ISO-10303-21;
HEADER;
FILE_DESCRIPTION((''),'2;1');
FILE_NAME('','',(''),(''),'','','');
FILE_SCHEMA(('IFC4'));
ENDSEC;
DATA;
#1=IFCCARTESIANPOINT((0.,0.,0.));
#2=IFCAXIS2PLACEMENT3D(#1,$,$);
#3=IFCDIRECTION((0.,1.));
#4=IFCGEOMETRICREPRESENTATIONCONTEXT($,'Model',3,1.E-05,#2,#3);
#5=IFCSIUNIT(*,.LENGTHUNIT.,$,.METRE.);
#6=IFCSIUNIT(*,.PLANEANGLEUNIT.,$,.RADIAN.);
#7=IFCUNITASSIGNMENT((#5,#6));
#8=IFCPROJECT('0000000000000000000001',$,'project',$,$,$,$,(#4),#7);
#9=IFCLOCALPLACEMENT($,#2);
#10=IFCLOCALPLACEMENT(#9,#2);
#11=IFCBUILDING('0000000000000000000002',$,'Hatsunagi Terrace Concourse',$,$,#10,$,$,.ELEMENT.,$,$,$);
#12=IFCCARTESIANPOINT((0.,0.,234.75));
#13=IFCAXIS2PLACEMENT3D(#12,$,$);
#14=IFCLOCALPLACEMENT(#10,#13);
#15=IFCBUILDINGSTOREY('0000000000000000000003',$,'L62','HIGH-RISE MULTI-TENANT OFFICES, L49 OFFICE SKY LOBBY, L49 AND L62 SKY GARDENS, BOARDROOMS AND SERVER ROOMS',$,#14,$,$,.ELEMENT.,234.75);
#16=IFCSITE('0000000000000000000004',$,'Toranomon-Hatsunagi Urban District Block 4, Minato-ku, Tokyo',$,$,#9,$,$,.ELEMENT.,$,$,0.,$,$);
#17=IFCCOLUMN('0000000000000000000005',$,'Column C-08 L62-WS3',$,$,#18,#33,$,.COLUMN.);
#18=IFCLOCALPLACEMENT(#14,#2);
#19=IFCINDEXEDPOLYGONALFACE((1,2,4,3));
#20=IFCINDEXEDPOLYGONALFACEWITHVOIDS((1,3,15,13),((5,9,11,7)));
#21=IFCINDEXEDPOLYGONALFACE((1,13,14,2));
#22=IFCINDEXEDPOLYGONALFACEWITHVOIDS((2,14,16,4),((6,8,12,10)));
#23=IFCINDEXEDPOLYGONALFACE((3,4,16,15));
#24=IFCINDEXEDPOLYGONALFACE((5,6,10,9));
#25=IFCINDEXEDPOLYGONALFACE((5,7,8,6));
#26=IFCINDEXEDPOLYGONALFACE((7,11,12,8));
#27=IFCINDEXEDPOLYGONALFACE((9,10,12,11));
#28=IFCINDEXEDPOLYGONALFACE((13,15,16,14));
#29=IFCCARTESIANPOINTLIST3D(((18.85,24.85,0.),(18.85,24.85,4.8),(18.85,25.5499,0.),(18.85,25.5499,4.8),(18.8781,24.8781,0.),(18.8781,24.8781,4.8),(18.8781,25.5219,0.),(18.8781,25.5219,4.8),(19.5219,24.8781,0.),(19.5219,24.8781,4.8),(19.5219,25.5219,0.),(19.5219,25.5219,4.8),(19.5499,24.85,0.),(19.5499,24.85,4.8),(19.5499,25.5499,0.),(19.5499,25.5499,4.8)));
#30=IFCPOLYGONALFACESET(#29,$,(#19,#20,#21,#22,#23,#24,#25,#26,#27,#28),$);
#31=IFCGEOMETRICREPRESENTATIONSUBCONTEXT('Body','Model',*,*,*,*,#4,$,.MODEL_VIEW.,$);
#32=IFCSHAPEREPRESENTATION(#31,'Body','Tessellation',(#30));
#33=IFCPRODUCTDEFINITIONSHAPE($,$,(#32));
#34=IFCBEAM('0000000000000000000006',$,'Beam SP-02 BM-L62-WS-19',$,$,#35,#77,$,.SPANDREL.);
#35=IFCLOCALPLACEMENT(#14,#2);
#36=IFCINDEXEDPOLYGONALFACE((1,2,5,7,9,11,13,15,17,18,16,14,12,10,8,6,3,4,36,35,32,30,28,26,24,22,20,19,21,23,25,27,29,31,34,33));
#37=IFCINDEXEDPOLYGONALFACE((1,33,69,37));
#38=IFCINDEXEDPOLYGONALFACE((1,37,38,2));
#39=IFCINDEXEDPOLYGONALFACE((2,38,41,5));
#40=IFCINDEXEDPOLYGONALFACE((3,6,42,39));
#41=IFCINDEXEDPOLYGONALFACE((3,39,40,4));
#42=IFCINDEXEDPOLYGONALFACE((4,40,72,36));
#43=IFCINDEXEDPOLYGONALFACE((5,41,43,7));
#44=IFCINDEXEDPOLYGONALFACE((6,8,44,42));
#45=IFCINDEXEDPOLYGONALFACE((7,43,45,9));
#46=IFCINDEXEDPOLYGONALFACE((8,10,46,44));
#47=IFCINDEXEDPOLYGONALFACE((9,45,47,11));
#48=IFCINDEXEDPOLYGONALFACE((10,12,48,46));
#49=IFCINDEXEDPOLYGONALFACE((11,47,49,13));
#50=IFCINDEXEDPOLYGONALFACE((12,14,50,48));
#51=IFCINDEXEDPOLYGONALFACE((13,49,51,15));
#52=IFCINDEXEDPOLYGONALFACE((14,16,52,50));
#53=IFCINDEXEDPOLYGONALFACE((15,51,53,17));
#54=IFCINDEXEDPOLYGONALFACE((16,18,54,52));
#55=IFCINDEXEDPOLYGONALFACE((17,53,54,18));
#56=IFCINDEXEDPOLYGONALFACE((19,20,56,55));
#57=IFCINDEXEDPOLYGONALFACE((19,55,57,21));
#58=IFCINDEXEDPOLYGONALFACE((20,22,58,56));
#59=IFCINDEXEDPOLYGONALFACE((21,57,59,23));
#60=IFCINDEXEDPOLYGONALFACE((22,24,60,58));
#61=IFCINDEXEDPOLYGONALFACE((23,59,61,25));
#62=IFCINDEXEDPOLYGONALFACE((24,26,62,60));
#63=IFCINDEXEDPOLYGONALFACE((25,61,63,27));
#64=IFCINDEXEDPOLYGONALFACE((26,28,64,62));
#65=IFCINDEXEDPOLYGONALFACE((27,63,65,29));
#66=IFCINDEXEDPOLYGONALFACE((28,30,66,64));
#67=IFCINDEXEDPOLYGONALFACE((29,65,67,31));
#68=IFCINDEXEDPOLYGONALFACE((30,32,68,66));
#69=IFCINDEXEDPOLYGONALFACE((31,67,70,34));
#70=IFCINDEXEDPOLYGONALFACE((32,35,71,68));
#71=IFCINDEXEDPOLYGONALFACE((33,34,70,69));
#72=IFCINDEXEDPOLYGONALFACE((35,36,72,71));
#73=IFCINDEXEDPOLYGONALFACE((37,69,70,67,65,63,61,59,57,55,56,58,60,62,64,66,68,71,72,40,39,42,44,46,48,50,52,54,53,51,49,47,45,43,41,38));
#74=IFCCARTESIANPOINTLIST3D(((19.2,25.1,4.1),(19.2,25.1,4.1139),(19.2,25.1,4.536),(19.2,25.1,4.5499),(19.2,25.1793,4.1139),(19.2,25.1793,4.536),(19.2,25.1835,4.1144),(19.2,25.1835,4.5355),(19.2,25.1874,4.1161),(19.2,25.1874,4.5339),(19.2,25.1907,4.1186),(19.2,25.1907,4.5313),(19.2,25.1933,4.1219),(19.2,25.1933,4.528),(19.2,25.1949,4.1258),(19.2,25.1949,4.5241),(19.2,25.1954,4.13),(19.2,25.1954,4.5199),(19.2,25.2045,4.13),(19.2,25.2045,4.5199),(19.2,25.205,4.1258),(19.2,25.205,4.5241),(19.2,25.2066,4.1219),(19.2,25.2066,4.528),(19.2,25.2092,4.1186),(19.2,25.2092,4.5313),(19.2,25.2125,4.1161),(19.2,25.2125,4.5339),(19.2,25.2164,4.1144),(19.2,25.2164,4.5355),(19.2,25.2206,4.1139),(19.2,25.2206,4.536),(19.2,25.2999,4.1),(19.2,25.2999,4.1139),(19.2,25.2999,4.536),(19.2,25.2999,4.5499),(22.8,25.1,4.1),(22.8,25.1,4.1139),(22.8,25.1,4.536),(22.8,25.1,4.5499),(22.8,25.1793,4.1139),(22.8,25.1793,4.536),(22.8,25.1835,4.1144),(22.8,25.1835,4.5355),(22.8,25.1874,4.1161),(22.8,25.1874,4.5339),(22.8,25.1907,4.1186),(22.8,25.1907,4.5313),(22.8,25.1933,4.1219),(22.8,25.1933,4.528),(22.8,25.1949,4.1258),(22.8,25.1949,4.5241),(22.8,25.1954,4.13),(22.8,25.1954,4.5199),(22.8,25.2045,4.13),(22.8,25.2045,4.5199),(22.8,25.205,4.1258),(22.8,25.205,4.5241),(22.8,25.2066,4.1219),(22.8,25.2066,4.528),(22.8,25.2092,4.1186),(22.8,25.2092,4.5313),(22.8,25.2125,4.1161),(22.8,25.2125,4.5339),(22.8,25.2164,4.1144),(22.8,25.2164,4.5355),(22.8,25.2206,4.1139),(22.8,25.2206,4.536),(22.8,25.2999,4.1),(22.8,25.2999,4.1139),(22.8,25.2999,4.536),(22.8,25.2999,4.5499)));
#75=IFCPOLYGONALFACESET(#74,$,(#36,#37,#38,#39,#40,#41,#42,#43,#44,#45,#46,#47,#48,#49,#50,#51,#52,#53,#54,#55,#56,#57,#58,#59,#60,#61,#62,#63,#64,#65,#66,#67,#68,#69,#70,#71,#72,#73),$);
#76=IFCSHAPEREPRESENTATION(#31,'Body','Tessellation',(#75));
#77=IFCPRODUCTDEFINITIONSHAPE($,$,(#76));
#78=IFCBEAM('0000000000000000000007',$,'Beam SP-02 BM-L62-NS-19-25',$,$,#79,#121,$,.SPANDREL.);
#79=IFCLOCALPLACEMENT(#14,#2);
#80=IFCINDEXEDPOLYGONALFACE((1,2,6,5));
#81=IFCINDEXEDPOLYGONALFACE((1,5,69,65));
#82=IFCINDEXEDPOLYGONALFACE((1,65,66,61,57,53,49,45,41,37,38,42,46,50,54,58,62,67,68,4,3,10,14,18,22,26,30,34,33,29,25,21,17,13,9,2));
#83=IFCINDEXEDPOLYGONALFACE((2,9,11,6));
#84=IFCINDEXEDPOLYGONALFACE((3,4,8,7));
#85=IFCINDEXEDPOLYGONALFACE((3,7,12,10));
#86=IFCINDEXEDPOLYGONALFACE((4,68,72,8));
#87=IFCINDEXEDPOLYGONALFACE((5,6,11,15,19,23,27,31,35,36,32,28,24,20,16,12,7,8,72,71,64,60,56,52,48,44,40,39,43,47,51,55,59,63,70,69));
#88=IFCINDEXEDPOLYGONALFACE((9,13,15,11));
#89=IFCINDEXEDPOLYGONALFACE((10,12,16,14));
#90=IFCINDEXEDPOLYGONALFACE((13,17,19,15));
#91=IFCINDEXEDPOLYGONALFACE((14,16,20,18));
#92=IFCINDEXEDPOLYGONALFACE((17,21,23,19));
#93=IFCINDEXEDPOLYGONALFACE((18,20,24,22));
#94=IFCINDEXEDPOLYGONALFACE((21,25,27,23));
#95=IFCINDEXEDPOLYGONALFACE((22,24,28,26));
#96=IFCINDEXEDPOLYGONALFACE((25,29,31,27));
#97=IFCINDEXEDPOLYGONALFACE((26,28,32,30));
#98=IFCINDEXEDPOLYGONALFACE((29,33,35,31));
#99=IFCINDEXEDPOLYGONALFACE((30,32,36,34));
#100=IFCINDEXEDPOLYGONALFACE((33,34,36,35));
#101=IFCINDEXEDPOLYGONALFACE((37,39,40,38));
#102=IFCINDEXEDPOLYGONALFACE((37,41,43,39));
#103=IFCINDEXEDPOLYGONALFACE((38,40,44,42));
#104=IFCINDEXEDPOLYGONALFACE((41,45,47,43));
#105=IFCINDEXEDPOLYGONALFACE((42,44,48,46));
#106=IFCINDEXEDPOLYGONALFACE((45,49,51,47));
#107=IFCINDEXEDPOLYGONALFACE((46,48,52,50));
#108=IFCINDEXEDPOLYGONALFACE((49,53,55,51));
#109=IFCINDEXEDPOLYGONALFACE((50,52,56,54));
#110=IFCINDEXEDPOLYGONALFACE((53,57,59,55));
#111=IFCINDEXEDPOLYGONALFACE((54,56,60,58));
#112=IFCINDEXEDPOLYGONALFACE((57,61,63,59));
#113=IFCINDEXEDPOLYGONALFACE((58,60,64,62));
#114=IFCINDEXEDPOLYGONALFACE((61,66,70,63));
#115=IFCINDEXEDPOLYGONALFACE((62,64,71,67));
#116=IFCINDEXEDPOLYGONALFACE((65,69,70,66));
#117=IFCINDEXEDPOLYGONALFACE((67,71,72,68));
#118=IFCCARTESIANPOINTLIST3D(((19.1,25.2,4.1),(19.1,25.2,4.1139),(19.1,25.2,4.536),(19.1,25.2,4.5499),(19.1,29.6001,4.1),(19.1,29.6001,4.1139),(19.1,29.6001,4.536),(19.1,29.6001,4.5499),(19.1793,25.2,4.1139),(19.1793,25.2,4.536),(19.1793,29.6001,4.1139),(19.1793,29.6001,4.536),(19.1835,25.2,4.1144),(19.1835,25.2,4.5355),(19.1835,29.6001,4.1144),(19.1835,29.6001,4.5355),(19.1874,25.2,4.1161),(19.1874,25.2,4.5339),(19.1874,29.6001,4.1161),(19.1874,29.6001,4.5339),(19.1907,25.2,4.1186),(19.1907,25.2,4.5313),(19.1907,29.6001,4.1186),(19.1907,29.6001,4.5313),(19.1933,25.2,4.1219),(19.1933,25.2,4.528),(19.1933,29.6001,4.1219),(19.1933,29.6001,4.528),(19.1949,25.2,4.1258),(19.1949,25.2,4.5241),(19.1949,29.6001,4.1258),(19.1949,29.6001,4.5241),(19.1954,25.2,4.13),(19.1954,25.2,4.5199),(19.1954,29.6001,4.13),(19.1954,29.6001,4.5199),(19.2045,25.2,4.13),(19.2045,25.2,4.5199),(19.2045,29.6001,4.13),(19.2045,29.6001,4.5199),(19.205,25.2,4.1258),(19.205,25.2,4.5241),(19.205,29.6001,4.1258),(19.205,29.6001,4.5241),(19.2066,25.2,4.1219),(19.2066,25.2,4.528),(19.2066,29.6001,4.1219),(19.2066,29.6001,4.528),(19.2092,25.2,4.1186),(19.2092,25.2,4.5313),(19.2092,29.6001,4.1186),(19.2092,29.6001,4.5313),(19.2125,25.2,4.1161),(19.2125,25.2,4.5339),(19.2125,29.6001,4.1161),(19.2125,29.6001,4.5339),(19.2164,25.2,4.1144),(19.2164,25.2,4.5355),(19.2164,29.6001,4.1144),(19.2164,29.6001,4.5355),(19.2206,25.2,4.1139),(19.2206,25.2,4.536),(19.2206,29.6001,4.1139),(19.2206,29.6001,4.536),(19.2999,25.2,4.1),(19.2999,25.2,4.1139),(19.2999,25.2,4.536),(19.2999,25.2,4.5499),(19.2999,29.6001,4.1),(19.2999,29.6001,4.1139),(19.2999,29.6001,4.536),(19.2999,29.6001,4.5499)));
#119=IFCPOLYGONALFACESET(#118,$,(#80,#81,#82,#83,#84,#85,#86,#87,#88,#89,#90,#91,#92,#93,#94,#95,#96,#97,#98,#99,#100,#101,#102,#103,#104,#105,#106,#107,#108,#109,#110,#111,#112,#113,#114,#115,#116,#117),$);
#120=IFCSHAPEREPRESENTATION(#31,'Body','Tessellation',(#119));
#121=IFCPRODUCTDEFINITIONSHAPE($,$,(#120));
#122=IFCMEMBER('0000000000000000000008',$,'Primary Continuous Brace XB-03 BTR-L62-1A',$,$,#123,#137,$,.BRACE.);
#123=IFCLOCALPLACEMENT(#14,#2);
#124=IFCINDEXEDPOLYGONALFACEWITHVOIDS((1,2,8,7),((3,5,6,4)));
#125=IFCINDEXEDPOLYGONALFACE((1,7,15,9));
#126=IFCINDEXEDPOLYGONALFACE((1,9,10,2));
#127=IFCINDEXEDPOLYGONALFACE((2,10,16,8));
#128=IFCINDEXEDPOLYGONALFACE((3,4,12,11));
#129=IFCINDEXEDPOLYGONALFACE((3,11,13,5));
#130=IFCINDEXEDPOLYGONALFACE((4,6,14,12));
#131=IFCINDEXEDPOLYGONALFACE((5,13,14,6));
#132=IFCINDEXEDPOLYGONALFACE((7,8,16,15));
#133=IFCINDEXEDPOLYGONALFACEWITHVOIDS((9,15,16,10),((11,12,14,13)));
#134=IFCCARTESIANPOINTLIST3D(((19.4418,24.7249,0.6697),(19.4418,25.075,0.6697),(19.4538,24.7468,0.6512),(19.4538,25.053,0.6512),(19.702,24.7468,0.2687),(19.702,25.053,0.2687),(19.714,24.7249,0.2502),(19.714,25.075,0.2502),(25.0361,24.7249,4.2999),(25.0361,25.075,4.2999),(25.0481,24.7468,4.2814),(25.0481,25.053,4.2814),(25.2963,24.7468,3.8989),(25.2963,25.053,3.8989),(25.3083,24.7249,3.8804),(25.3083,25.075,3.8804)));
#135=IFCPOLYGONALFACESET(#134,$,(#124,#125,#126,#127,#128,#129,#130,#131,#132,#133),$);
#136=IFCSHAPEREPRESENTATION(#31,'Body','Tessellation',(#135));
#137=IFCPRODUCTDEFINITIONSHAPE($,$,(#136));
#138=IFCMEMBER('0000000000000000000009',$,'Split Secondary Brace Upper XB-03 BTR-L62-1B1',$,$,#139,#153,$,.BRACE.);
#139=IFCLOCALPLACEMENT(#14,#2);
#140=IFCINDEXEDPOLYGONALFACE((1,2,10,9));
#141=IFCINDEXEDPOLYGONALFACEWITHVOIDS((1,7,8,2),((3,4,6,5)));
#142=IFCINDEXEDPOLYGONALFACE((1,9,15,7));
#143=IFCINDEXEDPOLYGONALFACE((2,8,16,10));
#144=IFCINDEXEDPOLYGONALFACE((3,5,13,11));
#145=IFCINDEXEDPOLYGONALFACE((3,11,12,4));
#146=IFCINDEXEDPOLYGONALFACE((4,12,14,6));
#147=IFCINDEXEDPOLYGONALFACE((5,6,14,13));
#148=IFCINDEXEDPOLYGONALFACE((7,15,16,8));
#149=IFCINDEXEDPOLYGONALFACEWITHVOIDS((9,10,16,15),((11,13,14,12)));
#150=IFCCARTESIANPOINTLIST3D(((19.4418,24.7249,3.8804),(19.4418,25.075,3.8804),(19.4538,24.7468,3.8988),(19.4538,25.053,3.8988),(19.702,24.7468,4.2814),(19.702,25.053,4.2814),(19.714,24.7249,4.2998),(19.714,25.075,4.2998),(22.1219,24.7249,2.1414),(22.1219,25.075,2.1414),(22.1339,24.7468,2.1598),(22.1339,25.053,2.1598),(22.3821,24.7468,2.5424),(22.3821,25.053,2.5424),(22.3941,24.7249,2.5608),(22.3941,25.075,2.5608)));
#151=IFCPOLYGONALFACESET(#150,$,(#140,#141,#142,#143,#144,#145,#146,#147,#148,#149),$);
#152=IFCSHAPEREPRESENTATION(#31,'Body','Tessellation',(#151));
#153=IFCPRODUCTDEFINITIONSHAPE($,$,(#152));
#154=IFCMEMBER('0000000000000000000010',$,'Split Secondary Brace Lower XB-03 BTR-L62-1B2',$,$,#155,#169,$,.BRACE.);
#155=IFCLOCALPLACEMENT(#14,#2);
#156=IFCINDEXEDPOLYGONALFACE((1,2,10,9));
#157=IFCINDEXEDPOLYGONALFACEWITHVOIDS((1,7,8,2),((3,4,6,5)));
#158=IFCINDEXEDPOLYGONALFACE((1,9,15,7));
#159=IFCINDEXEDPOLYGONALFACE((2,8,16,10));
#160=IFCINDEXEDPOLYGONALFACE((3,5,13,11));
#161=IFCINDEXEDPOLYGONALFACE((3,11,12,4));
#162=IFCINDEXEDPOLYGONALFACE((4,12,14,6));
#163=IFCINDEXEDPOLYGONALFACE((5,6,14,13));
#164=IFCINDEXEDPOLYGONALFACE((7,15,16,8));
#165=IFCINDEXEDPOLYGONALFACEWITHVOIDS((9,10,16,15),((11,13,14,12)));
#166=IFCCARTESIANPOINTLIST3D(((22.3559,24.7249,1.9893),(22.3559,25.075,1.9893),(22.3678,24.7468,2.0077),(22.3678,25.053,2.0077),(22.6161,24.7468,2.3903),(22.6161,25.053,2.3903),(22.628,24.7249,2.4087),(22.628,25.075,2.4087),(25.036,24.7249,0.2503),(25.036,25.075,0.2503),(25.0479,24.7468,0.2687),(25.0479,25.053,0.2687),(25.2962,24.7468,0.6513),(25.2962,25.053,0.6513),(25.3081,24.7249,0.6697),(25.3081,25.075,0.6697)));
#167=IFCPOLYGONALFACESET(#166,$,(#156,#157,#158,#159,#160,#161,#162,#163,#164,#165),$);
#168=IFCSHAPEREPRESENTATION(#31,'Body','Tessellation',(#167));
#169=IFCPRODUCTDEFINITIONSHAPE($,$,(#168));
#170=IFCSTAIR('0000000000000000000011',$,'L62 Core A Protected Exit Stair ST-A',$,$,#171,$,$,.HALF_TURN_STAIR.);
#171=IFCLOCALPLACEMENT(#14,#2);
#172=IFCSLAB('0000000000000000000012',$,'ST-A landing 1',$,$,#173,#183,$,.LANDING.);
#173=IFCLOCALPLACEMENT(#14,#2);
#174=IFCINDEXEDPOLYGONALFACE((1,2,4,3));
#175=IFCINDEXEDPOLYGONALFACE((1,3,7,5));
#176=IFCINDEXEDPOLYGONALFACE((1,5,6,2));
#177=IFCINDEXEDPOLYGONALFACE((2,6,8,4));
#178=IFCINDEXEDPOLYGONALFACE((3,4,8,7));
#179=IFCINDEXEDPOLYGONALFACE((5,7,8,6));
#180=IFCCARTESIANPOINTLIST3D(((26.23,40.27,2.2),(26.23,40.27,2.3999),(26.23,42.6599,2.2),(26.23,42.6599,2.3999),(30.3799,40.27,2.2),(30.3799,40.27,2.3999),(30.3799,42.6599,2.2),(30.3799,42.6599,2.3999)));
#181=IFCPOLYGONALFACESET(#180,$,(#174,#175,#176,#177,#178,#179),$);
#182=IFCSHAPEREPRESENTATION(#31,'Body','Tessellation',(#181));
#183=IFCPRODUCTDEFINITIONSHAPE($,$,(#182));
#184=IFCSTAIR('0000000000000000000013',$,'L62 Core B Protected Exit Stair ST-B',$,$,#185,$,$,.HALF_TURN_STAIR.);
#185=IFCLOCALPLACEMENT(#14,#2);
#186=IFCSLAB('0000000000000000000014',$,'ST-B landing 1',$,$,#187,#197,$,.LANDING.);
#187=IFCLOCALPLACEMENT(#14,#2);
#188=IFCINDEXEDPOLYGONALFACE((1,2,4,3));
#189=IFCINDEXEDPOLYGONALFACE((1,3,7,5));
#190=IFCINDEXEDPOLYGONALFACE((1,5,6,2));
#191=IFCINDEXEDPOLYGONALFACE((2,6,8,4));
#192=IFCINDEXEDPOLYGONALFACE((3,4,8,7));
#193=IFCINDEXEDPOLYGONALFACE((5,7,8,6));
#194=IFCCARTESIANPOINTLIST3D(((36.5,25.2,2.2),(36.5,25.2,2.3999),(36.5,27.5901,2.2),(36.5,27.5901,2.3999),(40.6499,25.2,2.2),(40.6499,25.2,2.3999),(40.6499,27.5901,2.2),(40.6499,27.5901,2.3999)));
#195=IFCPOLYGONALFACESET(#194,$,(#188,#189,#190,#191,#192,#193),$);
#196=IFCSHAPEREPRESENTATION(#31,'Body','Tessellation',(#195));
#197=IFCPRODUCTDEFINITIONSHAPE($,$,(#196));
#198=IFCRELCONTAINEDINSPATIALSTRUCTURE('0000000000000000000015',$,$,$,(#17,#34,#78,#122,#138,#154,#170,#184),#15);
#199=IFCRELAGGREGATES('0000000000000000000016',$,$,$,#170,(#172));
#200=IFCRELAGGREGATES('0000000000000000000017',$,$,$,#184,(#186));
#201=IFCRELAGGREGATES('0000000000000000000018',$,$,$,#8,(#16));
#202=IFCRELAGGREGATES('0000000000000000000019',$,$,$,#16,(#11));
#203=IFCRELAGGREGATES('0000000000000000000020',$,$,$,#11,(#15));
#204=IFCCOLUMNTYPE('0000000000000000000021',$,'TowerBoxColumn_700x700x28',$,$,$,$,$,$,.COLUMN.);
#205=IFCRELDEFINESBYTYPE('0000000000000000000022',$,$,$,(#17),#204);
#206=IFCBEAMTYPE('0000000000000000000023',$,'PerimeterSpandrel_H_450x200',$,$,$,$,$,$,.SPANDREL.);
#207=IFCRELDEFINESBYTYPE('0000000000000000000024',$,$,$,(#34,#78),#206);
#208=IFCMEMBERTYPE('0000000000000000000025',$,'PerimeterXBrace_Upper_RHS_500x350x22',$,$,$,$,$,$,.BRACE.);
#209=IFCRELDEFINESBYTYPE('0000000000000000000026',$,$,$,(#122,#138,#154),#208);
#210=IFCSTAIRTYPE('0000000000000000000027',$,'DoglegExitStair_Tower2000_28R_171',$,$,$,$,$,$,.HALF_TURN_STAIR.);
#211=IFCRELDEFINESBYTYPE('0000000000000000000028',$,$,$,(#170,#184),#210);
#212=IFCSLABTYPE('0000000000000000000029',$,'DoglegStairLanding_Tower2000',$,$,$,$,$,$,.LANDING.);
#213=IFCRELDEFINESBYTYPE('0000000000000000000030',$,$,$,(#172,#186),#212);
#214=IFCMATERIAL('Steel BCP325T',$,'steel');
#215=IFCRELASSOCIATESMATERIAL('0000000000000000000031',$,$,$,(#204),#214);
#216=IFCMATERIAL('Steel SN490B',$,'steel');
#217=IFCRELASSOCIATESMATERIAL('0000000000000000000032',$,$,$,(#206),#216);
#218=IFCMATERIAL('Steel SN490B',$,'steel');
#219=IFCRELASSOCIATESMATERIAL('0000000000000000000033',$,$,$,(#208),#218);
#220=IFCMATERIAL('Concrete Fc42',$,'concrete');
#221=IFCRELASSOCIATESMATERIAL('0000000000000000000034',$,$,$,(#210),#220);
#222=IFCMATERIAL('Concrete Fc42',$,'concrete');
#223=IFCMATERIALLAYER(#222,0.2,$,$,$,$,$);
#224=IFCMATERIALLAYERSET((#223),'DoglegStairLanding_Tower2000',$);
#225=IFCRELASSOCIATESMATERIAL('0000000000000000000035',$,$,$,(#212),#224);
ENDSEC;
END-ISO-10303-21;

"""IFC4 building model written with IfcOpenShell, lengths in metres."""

from ifc_helpers import new_model, si_unit, direction, frame, origin, origin_2d, place, context, subcontext, project, spatial, polyline, hollow_rectangle, i_section, outline, extrude, material, layer, layer_set, material_profile, profile_set, type_object, element, aggregate, save


model = new_model("IFC4")

# Units and contexts
model_context = context("Model", 3, precision=1e-05, world=origin(), true_north=direction((0.0, 1.0)))
body_context = subcontext(model_context, "Body", "Model", "MODEL_VIEW")
ifc_project = project(units=[si_unit("LENGTHUNIT", "METRE"), si_unit("PLANEANGLEUNIT", "RADIAN")], contexts=[model_context])

# Site, building, storey
site_placement = place(None, origin())
site = spatial("IfcSite", under=ifc_project, at=site_placement, Name="Toranomon-Hatsunagi Urban District Block 4, Minato-ku, Tokyo", CompositionType="ELEMENT", RefElevation=0.0)
building_placement = place(site_placement, origin())
building = spatial("IfcBuilding", under=site, at=building_placement, Name="Hatsunagi Terrace Concourse", CompositionType="ELEMENT")
storey_placement = place(building_placement, frame((0.0, 0.0, 234.75)))
storey = spatial("IfcBuildingStorey", under=building, at=storey_placement, Name="L62", Description="HIGH-RISE MULTI-TENANT OFFICES, L49 OFFICE SKY LOBBY, L49 AND L62 SKY GARDENS, BOARDROOMS AND SERVER ROOMS", CompositionType="ELEMENT", Elevation=234.75)

# Column
ifc_material_1 = material(Name="Steel BCP325T", Category="steel")
ifc_material_profile_1 = material_profile(ifc_material_1, hollow_rectangle(XDim=0.7, YDim=0.7, WallThickness=0.0281, at=origin_2d()), Name="BCP-700x700x28")
ifc_profile_set_1 = profile_set([ifc_material_profile_1], Name="Steel BCP325T")
column_type = type_object("IfcColumnType", Name="TowerBoxColumn_700x700x28", PredefinedType="COLUMN", material=ifc_profile_set_1)
column_placement = place(storey_placement, frame((19.2, 25.2, 0.0), z_axis=(0.0, 0.0, 1.0), x_axis=(1.0, 0.0, 0.0)))
element("IfcColumn", 1, at=column_placement, inside=storey, type_object=column_type, Name="Column C-08 L62-WS3", PredefinedType="COLUMN", context=body_context, shape_type="SweptSolid", body=[
    extrude(hollow_rectangle(XDim=0.7, YDim=0.7, WallThickness=0.0281, at=origin_2d()), origin(), (0.0, 0.0, 1.0), 4.8),
])

# Beams
ifc_material_2 = material(Name="Steel SN490B", Category="steel")
ifc_material_profile_2 = material_profile(ifc_material_2, i_section(OverallWidth=0.2, OverallDepth=0.45, WebThickness=0.009, FlangeThickness=0.0139, FilletRadius=0.0161, at=origin_2d()), Name="H-450x200x9x14")
ifc_profile_set_2 = profile_set([ifc_material_profile_2], Name="Steel SN490B")
beam_type = type_object("IfcBeamType", Name="PerimeterSpandrel_H_450x200", PredefinedType="SPANDREL", material=ifc_profile_set_2)
beam_1_placement = place(storey_placement, frame((19.2, 25.2, 4.325), z_axis=(1.0, 0.0, 0.0), x_axis=(0.0, 1.0, 0.0)))
element("IfcBeam", 2, at=beam_1_placement, inside=storey, type_object=beam_type, Name="Beam SP-02 BM-L62-WS-19", PredefinedType="SPANDREL", context=body_context, shape_type="SweptSolid", body=[
    extrude(i_section(OverallWidth=0.2, OverallDepth=0.45, WebThickness=0.009, FlangeThickness=0.0139, FilletRadius=0.0161, at=origin_2d()), origin(), (0.0, 0.0, 1.0), 3.6001),
])
beam_2_placement = place(storey_placement, frame((19.2, 25.2, 4.325), z_axis=(0.0, 1.0, 0.0), x_axis=(-1.0, 0.0, 0.0)))
element("IfcBeam", 3, at=beam_2_placement, inside=storey, type_object=beam_type, Name="Beam SP-02 BM-L62-NS-19-25", PredefinedType="SPANDREL", context=body_context, shape_type="SweptSolid", body=[
    extrude(i_section(OverallWidth=0.2, OverallDepth=0.45, WebThickness=0.009, FlangeThickness=0.0139, FilletRadius=0.0161, at=origin_2d()), origin(), (0.0, 0.0, 1.0), 4.4001),
])

# Members
ifc_material_3 = material(Name="Steel SN490B", Category="steel")
ifc_material_profile_3 = material_profile(ifc_material_3, hollow_rectangle(XDim=0.3501, YDim=0.5, WallThickness=0.022, at=origin_2d()), Name="RHS-500x350x22")
ifc_profile_set_3 = profile_set([ifc_material_profile_3], Name="Steel SN490B")
member_type = type_object("IfcMemberType", Name="PerimeterXBrace_Upper_RHS_500x350x22", PredefinedType="BRACE", material=ifc_profile_set_3)
member_placement = place(storey_placement, frame((19.5779, 24.8999, 0.46), z_axis=(0.838863, 0.0, 0.544342), x_axis=(0.0, 1.0, 0.0)))
element("IfcMember", 4, at=member_placement, inside=storey, type_object=member_type, Name="Primary Continuous Brace XB-03 BTR-L62-1A", PredefinedType="BRACE", context=body_context, shape_type="SweptSolid", body=[
    extrude(hollow_rectangle(XDim=0.3501, YDim=0.5, WallThickness=0.022, at=origin_2d()), origin(), (0.0, 0.0, 1.0), 6.6689),
])
for number, where, z_axis, x_axis, name in (
    (5, (19.5779, 24.8999, 4.0901), (0.838887, 0.0, -0.544306), (0.0, 1.0, 0.0), "Split Secondary Brace Upper XB-03 BTR-L62-1B1"),
    (6, (22.4919, 24.8999, 2.199), (0.838887, 0.0, -0.544306), (0.0, 1.0, 0.0), "Split Secondary Brace Lower XB-03 BTR-L62-1B2"),
):
    element("IfcMember", number, at=place(storey_placement, frame(where, z_axis=z_axis, x_axis=x_axis)), inside=storey, type_object=member_type, Name=name, PredefinedType="BRACE", context=body_context, shape_type="SweptSolid", body=[
        extrude(hollow_rectangle(XDim=0.3501, YDim=0.5, WallThickness=0.022, at=origin_2d()), origin(), (0.0, 0.0, 1.0), 3.1948),
    ])

# Stairs, slabs
ifc_material_4 = material(Name="Concrete Fc42", Category="concrete")
stair_type = type_object("IfcStairType", Name="DoglegExitStair_Tower2000_28R_171", PredefinedType="HALF_TURN_STAIR", material=ifc_material_4)
stair_1_placement = place(storey_placement, origin())
stair_1 = element("IfcStair", 7, at=stair_1_placement, inside=storey, type_object=stair_type, Name="L62 Core A Protected Exit Stair ST-A", PredefinedType="HALF_TURN_STAIR")
ifc_material_5 = material(Name="Concrete Fc42", Category="concrete")
ifc_layer_1 = layer(ifc_material_5, 0.2)
ifc_layer_set_1 = layer_set([ifc_layer_1], Name="DoglegStairLanding_Tower2000")
slab_type_1 = type_object("IfcSlabType", Name="DoglegStairLanding_Tower2000", PredefinedType="LANDING", material=ifc_layer_set_1)
slab_1_placement = place(storey_placement, frame((0.0, 0.0, 2.2)))
slab_1 = element("IfcSlab", 8, at=slab_1_placement, type_object=slab_type_1, Name="ST-A landing 1", PredefinedType="LANDING", context=body_context, shape_type="SweptSolid", body=[
    extrude(outline(polyline([(30.3799, 40.27), (30.3799, 42.6599), (26.23, 42.6599), (26.23, 40.27), (30.3799, 40.27)])), origin(), (0.0, 0.0, 1.0), 0.2),
])
aggregate(stair_1, [slab_1])
stair_2_placement = place(storey_placement, origin())
stair_2 = element("IfcStair", 9, at=stair_2_placement, inside=storey, type_object=stair_type, Name="L62 Core B Protected Exit Stair ST-B", PredefinedType="HALF_TURN_STAIR")
slab_2_placement = place(storey_placement, frame((0.0, 0.0, 2.2)))
slab_2 = element("IfcSlab", 10, at=slab_2_placement, type_object=slab_type_1, Name="ST-B landing 1", PredefinedType="LANDING", context=body_context, shape_type="SweptSolid", body=[
    extrude(outline(polyline([(36.5, 27.5901), (36.5, 25.2), (40.6499, 25.2), (40.6499, 27.5901), (36.5, 27.5901)])), origin(), (0.0, 0.0, 1.0), 0.2),
])
aggregate(stair_2, [slab_2])

save(model, "model.ifc")
